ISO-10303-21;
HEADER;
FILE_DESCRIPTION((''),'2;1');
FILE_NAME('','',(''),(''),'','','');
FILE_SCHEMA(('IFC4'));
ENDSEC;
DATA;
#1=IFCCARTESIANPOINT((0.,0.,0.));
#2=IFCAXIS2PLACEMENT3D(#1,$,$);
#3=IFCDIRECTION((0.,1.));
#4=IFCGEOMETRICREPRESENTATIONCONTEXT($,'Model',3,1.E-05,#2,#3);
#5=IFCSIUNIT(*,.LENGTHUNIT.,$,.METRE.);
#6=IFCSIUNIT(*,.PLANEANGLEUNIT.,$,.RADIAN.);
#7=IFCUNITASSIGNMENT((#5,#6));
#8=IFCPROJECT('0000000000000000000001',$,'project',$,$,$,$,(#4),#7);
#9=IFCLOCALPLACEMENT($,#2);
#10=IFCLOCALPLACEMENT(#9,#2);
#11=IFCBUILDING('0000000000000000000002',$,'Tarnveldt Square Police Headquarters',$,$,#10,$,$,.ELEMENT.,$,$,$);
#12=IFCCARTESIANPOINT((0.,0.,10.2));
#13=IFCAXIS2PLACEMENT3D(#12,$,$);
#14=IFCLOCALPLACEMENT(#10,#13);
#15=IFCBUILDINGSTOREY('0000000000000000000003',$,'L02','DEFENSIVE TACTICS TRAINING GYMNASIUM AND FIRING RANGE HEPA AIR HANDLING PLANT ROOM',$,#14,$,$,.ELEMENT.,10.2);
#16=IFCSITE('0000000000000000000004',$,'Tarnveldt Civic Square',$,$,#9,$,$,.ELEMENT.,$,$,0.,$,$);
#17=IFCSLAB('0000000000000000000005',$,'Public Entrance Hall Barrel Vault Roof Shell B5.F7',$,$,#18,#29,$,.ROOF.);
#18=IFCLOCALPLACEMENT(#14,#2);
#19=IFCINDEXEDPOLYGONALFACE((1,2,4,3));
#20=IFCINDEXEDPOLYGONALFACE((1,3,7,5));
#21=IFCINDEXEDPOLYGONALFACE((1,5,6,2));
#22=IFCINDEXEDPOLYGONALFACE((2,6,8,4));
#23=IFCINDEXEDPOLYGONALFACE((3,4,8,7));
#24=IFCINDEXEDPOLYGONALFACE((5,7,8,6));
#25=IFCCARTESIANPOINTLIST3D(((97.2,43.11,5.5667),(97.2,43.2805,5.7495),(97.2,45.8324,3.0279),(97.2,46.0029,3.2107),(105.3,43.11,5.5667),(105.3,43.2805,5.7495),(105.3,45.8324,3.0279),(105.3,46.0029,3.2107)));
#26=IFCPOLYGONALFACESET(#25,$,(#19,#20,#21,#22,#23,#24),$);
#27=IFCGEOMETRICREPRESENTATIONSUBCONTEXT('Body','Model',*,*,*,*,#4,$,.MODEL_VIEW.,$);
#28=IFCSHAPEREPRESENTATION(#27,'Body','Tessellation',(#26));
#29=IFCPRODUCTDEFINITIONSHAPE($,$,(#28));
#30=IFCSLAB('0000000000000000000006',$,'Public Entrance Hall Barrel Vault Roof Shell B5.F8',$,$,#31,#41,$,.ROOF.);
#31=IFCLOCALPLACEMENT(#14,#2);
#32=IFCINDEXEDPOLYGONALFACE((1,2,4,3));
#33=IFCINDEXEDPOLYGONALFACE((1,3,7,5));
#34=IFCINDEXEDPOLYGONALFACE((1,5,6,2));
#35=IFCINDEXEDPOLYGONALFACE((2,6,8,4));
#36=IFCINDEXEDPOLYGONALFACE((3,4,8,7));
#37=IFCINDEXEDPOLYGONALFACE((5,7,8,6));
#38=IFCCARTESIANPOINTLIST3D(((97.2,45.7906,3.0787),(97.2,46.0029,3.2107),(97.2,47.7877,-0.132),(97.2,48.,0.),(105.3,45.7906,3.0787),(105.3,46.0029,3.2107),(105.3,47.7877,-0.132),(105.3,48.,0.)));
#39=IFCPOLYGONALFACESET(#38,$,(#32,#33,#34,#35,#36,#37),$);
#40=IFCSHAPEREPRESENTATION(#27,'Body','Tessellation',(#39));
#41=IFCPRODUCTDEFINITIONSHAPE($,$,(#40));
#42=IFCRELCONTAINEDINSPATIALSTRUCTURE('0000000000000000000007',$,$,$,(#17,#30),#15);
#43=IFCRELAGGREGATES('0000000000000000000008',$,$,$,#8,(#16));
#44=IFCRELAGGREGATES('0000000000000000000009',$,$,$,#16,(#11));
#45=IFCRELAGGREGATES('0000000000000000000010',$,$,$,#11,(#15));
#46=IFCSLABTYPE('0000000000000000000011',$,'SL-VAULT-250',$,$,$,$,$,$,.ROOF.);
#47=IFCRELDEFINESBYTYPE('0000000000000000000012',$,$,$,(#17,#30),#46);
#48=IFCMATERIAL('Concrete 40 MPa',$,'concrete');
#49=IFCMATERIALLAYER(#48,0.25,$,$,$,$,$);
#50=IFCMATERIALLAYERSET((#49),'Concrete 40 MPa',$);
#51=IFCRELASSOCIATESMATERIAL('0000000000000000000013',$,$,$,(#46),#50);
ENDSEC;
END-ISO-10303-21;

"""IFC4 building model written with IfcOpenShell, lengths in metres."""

from ifc_helpers import new_model, si_unit, direction, frame, origin, place, context, subcontext, project, spatial, polyline, outline, extrude, material, layer, layer_set, type_object, element, save


model = new_model("IFC4")

# Units and contexts
model_context = context("Model", 3, precision=1e-05, world=origin(), true_north=direction((0.0, 1.0)))
body_context = subcontext(model_context, "Body", "Model", "MODEL_VIEW")
ifc_project = project(units=[si_unit("LENGTHUNIT", "METRE"), si_unit("PLANEANGLEUNIT", "RADIAN")], contexts=[model_context])

# Site, building, storey
site_placement = place(None, origin())
site = spatial("IfcSite", under=ifc_project, at=site_placement, Name="Tarnveldt Civic Square", CompositionType="ELEMENT", RefElevation=0.0)
building_placement = place(site_placement, origin())
building = spatial("IfcBuilding", under=site, at=building_placement, Name="Tarnveldt Square Police Headquarters", CompositionType="ELEMENT")
storey_placement = place(building_placement, frame((0.0, 0.0, 10.2)))
storey = spatial("IfcBuildingStorey", under=building, at=storey_placement, Name="L02", Description="DEFENSIVE TACTICS TRAINING GYMNASIUM AND FIRING RANGE HEPA AIR HANDLING PLANT ROOM", CompositionType="ELEMENT", Elevation=10.2)

# Shared definitions
ifc_material_1 = material(Name="Concrete 40 MPa", Category="concrete")

# Slabs
ifc_layer = layer(ifc_material_1, 0.25)
ifc_layer_set = layer_set([ifc_layer], Name="Concrete 40 MPa")
slab_type = type_object("IfcSlabType", Name="SL-VAULT-250", PredefinedType="ROOF", material=ifc_layer_set)
slab_1_placement = place(storey_placement, frame((97.2, 43.2805, 5.7495), z_axis=(0.0, 0.682017, 0.731337), x_axis=(1.0, 0.0, 0.0)))
element("IfcSlab", 1, at=slab_1_placement, inside=storey, type_object=slab_type, Name="Public Entrance Hall Barrel Vault Roof Shell B5.F7", PredefinedType="ROOF", context=body_context, shape_type="SweptSolid", body=[
    extrude(outline(polyline([(0.0, 0.0), (8.1001, 0.0), (8.1001, 3.7225), (0.0, 3.7225), (0.0, 0.0)])), origin(), (0.0, 0.0, -1.0), 0.25),
])
slab_2_placement = place(storey_placement, frame((97.2, 46.0029, 3.2107), z_axis=(0.0, 0.849139, 0.528169), x_axis=(1.0, 0.0, 0.0)))
element("IfcSlab", 2, at=slab_2_placement, inside=storey, type_object=slab_type, Name="Public Entrance Hall Barrel Vault Roof Shell B5.F8", PredefinedType="ROOF", context=body_context, shape_type="SweptSolid", body=[
    extrude(outline(polyline([(0.0, 0.0), (8.1001, 0.0), (8.1001, 3.7811), (0.0, 3.7811), (0.0, 0.0)])), origin(), (0.0, 0.0, -1.0), 0.25),
])

save(model, "model.ifc")
